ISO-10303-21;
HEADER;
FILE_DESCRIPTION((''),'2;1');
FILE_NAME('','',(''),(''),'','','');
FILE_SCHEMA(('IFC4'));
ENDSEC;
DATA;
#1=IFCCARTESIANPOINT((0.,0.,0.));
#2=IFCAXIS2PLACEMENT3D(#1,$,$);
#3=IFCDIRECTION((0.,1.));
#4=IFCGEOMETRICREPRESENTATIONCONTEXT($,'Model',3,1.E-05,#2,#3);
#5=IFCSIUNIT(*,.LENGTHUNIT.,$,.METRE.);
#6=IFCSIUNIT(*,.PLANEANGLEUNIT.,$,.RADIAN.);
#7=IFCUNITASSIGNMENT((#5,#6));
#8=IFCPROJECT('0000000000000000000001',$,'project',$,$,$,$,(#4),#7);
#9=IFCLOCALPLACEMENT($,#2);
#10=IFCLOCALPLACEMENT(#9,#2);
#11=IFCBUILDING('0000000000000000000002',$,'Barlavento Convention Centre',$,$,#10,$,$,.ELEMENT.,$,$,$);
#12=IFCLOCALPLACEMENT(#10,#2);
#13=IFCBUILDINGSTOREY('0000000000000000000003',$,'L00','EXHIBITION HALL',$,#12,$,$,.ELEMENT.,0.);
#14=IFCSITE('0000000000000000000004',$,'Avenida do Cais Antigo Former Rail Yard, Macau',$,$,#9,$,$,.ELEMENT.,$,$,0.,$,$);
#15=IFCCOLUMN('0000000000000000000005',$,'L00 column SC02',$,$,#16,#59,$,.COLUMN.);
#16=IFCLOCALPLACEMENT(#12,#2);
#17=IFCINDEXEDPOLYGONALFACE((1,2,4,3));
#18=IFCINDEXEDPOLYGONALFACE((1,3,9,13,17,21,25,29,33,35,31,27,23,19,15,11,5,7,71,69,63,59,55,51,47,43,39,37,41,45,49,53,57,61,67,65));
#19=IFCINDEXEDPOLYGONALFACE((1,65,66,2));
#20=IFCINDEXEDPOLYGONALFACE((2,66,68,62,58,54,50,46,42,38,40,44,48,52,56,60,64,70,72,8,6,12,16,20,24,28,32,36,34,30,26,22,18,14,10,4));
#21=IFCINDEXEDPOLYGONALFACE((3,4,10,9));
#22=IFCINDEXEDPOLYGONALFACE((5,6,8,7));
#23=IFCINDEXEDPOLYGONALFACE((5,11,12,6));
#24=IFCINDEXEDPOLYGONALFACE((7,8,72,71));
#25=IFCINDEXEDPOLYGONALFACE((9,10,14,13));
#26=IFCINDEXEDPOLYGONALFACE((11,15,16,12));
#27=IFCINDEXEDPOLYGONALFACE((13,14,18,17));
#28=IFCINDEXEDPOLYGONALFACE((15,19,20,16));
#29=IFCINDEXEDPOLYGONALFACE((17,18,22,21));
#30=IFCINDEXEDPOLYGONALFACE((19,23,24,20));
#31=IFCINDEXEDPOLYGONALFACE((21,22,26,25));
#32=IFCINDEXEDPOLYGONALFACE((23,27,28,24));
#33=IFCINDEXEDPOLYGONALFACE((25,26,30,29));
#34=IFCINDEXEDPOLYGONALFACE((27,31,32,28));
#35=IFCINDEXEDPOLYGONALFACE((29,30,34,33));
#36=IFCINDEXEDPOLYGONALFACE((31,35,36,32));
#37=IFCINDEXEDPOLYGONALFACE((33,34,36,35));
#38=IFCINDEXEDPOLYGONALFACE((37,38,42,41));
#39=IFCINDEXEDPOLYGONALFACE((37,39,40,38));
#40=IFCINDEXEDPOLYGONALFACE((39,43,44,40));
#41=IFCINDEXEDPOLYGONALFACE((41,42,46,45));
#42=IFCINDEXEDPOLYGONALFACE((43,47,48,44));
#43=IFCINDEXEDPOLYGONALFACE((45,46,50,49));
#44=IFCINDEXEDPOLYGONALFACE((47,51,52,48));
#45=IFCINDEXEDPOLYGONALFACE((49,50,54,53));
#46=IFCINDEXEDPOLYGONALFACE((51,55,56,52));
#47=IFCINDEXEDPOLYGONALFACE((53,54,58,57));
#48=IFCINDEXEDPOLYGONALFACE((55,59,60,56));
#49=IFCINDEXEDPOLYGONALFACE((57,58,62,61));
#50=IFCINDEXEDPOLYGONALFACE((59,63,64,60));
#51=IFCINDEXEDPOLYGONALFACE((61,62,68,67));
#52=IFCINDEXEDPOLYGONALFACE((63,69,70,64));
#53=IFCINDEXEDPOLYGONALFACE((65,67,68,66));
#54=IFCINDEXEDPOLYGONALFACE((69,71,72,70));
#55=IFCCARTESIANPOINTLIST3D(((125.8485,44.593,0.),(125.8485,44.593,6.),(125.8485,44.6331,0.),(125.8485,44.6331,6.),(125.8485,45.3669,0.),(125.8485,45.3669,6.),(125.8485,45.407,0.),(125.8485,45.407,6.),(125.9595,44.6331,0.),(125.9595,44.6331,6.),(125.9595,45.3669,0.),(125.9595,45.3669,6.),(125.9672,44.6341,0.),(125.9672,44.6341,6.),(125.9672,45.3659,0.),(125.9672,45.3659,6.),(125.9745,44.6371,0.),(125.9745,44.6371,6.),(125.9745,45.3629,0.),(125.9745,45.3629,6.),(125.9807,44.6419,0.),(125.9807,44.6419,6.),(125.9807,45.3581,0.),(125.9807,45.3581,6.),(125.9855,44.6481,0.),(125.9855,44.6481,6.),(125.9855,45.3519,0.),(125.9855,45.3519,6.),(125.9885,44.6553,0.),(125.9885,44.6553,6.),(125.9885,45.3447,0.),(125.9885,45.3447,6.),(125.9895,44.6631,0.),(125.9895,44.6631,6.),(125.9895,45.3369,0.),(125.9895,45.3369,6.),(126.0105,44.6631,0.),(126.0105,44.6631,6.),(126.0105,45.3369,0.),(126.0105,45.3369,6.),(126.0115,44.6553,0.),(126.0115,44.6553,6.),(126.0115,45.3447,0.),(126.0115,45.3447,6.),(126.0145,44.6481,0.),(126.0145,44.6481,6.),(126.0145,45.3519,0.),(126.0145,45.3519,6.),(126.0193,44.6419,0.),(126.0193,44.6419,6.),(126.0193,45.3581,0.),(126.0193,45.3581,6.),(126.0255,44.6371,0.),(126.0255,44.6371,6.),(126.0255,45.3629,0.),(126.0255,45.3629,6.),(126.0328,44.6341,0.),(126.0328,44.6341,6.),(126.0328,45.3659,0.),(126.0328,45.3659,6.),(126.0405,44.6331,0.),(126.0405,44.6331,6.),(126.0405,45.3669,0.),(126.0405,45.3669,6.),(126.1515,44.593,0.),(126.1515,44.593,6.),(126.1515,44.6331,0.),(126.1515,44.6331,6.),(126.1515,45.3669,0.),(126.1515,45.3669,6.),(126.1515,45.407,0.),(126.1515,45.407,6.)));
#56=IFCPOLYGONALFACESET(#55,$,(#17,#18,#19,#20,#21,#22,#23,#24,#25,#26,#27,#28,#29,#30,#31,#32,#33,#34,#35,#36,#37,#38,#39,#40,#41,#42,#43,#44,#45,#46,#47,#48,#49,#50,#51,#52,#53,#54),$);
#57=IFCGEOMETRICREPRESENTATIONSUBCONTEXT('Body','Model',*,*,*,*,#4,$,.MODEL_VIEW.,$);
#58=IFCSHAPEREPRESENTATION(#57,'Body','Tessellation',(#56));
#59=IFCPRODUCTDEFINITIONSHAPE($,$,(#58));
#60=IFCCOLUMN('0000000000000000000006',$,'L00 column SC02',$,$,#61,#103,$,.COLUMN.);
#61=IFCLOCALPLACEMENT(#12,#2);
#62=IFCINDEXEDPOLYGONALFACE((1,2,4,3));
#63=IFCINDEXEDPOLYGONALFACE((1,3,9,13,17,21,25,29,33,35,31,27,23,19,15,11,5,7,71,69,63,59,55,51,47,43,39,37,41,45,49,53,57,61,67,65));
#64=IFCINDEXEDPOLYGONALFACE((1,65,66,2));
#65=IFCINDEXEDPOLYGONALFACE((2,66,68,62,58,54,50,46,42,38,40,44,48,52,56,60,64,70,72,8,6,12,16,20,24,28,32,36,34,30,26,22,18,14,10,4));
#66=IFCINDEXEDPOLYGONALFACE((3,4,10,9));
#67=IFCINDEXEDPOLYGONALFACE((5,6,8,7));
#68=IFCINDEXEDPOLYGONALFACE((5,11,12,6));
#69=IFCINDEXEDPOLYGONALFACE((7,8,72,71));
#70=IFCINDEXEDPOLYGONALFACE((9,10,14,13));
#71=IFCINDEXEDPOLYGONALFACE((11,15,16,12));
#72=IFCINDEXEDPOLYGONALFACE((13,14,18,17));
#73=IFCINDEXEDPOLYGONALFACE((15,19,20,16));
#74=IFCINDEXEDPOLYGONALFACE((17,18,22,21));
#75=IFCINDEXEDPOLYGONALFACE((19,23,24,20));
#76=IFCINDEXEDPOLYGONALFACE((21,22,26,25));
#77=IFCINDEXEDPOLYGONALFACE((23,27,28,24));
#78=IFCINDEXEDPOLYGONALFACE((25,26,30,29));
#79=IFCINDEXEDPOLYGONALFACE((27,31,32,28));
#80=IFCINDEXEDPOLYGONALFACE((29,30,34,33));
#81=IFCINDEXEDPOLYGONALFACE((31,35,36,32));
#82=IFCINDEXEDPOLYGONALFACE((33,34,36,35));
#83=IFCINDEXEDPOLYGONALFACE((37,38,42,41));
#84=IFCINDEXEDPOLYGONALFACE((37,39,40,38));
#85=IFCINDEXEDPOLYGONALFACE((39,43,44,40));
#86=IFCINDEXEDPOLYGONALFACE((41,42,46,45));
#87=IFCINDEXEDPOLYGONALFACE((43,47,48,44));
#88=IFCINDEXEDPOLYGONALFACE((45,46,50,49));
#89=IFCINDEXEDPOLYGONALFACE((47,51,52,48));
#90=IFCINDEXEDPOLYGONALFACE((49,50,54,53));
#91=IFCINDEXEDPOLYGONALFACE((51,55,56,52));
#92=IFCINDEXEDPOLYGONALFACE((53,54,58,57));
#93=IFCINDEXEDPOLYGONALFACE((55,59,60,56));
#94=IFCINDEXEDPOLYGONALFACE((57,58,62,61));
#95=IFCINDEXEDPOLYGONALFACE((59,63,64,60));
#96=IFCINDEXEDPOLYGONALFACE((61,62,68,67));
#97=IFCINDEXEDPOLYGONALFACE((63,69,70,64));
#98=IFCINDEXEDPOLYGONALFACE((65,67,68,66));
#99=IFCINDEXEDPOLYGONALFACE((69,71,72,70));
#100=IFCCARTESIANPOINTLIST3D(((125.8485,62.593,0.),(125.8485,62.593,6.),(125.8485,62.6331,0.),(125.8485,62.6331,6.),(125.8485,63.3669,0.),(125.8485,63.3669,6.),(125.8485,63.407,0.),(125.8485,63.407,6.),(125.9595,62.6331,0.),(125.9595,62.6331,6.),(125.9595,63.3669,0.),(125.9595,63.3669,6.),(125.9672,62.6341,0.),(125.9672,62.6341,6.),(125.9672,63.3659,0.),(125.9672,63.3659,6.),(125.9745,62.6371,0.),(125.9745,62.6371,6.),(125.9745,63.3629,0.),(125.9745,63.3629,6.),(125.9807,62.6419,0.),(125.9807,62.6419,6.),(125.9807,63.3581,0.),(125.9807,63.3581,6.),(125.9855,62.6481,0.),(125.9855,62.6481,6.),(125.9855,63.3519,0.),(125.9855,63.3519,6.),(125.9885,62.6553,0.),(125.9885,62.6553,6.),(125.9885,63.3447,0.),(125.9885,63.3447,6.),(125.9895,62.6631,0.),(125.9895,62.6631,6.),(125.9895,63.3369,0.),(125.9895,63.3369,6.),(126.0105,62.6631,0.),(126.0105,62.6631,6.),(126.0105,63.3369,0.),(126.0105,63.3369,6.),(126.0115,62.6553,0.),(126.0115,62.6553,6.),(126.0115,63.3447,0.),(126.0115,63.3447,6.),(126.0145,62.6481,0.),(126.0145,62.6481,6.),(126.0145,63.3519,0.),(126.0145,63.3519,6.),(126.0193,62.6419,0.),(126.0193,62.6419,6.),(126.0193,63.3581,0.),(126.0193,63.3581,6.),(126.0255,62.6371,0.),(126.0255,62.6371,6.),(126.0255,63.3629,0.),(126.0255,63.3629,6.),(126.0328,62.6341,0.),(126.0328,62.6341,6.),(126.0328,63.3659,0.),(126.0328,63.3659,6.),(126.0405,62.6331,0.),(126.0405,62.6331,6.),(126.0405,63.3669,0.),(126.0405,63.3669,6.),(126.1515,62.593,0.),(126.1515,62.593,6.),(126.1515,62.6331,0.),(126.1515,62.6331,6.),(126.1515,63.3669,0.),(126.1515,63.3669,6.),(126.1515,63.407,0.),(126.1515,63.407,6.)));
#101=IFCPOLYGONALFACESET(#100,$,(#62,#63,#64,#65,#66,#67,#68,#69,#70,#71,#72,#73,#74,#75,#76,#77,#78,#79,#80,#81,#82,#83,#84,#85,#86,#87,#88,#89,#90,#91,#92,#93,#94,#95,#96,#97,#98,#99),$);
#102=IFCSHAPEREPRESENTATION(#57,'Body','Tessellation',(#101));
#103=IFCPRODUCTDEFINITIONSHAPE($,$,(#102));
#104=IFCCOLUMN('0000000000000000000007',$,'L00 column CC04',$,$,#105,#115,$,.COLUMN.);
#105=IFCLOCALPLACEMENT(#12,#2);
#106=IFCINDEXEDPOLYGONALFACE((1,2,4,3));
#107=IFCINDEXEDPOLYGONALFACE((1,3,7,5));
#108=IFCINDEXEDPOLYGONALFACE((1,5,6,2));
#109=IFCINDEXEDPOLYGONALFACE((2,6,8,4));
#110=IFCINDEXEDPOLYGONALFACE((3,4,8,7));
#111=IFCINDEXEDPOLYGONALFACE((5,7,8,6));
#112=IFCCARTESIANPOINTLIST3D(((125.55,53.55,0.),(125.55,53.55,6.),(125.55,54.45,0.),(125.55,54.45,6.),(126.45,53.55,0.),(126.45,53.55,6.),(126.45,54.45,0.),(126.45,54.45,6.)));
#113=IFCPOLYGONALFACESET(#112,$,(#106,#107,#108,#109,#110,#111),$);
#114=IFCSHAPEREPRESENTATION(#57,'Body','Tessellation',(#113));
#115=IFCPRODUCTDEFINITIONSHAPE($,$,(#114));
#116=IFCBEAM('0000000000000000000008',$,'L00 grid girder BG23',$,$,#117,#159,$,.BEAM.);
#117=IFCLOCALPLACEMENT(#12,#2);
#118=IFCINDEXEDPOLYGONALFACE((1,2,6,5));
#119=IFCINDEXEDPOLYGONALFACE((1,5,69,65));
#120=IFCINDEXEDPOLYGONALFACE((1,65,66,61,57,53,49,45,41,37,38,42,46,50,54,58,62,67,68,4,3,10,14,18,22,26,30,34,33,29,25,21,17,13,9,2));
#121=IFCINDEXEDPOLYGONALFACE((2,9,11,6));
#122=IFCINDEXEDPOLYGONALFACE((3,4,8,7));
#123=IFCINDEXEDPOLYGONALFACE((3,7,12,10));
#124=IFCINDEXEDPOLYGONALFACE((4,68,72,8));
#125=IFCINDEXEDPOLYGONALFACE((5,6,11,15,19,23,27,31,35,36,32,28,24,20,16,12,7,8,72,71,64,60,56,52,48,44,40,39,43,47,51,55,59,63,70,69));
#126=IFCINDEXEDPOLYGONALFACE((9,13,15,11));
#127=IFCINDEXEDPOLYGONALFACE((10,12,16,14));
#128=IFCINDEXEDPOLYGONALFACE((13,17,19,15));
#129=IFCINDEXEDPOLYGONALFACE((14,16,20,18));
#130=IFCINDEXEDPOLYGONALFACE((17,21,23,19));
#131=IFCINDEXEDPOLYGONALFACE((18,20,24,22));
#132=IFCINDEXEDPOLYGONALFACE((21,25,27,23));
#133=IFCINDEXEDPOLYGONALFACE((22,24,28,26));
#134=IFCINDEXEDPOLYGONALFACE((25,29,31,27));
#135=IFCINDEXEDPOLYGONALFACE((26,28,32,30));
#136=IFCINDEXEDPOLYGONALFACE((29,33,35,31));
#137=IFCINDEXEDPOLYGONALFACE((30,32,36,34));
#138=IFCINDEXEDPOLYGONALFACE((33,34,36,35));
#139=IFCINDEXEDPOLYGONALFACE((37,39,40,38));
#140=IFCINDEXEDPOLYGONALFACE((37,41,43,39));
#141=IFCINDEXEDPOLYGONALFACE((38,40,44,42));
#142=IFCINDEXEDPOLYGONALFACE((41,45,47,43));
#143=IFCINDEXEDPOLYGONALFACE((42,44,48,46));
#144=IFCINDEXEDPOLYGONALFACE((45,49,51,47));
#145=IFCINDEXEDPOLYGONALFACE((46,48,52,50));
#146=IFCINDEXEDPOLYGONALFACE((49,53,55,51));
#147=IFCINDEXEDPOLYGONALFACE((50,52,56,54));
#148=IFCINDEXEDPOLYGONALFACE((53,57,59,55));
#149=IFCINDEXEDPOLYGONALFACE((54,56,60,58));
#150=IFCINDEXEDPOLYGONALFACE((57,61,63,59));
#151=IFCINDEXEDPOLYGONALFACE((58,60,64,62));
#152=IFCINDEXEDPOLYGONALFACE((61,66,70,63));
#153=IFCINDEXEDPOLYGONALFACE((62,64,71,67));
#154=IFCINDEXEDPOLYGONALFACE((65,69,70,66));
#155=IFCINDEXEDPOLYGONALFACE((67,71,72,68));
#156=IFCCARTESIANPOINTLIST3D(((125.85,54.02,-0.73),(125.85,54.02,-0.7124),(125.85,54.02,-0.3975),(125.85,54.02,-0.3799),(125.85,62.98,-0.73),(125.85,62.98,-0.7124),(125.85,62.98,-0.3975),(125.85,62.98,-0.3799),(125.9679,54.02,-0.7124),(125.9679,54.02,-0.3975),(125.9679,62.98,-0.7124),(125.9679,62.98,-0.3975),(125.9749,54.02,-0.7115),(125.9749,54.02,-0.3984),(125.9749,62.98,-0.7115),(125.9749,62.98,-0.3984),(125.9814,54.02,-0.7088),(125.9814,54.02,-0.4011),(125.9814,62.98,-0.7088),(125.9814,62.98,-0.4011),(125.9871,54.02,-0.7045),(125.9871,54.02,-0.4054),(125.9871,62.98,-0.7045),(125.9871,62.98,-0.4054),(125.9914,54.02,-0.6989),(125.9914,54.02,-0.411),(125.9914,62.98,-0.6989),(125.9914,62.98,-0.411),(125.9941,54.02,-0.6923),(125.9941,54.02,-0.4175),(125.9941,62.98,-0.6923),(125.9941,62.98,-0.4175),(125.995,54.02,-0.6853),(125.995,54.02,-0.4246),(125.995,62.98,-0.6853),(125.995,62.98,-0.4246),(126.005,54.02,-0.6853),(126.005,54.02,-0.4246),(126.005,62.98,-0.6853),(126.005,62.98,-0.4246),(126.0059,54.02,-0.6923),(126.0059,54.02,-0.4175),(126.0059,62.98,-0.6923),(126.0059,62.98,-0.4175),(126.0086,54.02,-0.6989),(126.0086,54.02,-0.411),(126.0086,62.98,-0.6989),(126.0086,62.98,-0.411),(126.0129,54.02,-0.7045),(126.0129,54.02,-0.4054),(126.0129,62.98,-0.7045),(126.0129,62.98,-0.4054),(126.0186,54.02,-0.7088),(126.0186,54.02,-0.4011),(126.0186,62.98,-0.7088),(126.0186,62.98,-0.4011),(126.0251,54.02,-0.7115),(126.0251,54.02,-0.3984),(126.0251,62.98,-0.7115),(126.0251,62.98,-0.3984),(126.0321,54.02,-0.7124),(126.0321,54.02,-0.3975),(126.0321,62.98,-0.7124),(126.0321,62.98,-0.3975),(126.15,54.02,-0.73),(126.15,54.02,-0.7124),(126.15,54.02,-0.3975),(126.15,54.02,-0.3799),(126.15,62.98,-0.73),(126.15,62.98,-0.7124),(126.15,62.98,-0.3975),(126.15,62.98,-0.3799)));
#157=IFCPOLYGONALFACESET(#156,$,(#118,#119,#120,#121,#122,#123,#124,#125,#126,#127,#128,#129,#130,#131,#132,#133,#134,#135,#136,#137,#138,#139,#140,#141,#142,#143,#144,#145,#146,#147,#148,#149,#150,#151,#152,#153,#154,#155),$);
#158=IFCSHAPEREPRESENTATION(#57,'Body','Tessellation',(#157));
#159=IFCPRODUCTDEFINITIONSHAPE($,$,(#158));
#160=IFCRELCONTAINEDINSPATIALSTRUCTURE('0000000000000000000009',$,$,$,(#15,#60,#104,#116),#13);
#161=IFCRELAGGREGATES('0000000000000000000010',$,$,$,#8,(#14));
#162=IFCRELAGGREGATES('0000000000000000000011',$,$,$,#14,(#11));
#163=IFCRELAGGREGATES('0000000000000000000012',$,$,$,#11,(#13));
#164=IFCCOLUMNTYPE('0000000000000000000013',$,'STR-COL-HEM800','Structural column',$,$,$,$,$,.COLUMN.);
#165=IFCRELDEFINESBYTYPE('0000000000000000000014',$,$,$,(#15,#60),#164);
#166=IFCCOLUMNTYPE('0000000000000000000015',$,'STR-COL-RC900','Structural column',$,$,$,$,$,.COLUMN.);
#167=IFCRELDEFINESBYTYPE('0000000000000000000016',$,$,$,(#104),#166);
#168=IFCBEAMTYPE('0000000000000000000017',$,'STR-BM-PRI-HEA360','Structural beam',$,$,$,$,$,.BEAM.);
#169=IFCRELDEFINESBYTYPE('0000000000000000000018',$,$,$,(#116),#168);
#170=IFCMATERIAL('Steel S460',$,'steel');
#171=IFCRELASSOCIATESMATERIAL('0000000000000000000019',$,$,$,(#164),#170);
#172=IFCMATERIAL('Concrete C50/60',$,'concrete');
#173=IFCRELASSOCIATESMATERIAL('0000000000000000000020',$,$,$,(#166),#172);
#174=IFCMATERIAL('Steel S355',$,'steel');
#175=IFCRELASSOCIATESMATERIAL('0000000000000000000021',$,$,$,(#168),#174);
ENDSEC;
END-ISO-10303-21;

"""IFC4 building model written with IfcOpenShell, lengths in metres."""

from ifc_helpers import new_model, si_unit, direction, frame, origin, origin_2d, place, context, subcontext, project, spatial, rectangle, i_section, extrude, material, material_profile, profile_set, type_object, element, save


model = new_model("IFC4")

# Units and contexts
model_context = context("Model", 3, precision=1e-05, world=origin(), true_north=direction((0.0, 1.0)))
body_context = subcontext(model_context, "Body", "Model", "MODEL_VIEW")
ifc_project = project(units=[si_unit("LENGTHUNIT", "METRE"), si_unit("PLANEANGLEUNIT", "RADIAN")], contexts=[model_context])

# Site, building, storey
site_placement = place(None, origin())
site = spatial("IfcSite", under=ifc_project, at=site_placement, Name="Avenida do Cais Antigo Former Rail Yard, Macau", CompositionType="ELEMENT", RefElevation=0.0)
building_placement = place(site_placement, origin())
building = spatial("IfcBuilding", under=site, at=building_placement, Name="Barlavento Convention Centre", CompositionType="ELEMENT")
storey_placement = place(building_placement, origin())
storey = spatial("IfcBuildingStorey", under=building, at=storey_placement, Name="L00", Description="EXHIBITION HALL", CompositionType="ELEMENT", Elevation=0.0)

# Columns
ifc_material_1 = material(Name="Steel S460", Category="steel")
ifc_material_profile_1 = material_profile(ifc_material_1, i_section(OverallWidth=0.303, OverallDepth=0.814, WebThickness=0.021, FlangeThickness=0.04, FilletRadius=0.03, at=origin_2d()), Name="HEM 800")
ifc_profile_set_1 = profile_set([ifc_material_profile_1], Name="Steel S460")
column_type_1 = type_object("IfcColumnType", Name="STR-COL-HEM800", Description="Structural column", PredefinedType="COLUMN", material=ifc_profile_set_1)
for number, where, z_axis, x_axis, name in (
    (1, (126.0, 45.0, 0.0), (0.0, 0.0, 1.0), (1.0, 0.0, 0.0), "L00 column SC02"),
    (2, (126.0, 63.0, 0.0), (0.0, 0.0, 1.0), (1.0, 0.0, 0.0), "L00 column SC02"),
):
    element("IfcColumn", number, at=place(storey_placement, frame(where, z_axis=z_axis, x_axis=x_axis)), inside=storey, type_object=column_type_1, Name=name, PredefinedType="COLUMN", context=body_context, shape_type="SweptSolid", body=[
        extrude(i_section(OverallWidth=0.303, OverallDepth=0.814, WebThickness=0.021, FlangeThickness=0.04, FilletRadius=0.03, at=origin_2d()), origin(), (0.0, 0.0, 1.0), 6.0),
    ])
ifc_material_2 = material(Name="Concrete C50/60", Category="concrete")
ifc_material_profile_2 = material_profile(ifc_material_2, rectangle(XDim=0.8999, YDim=0.8999, at=origin_2d()), Name="RC 900x900")
ifc_profile_set_2 = profile_set([ifc_material_profile_2], Name="Concrete C50/60")
column_type_2 = type_object("IfcColumnType", Name="STR-COL-RC900", Description="Structural column", PredefinedType="COLUMN", material=ifc_profile_set_2)
column_placement = place(storey_placement, frame((126.0, 54.0, 0.0), z_axis=(0.0, 0.0, 1.0), x_axis=(1.0, 0.0, 0.0)))
element("IfcColumn", 3, at=column_placement, inside=storey, type_object=column_type_2, Name="L00 column CC04", PredefinedType="COLUMN", context=body_context, shape_type="SweptSolid", body=[
    extrude(rectangle(XDim=0.8999, YDim=0.8999, at=origin_2d()), origin(), (0.0, 0.0, 1.0), 6.0),
])

# Beam
ifc_material_3 = material(Name="Steel S355", Category="steel")
ifc_material_profile_3 = material_profile(ifc_material_3, i_section(OverallWidth=0.3, OverallDepth=0.3501, WebThickness=0.01, FlangeThickness=0.0176, FilletRadius=0.0271, at=origin_2d()), Name="HEA 360")
ifc_profile_set_3 = profile_set([ifc_material_profile_3], Name="Steel S355")
beam_type_1 = type_object("IfcBeamType", Name="STR-BM-PRI-HEA360", Description="Structural beam", PredefinedType="BEAM", material=ifc_profile_set_3)
beam_1_placement = place(storey_placement, frame((126.0, 54.02, -0.5549), z_axis=(0.0, 1.0, 0.0), x_axis=(-1.0, 0.0, 0.0)))
element("IfcBeam", 4, at=beam_1_placement, inside=storey, type_object=beam_type_1, Name="L00 grid girder BG23", PredefinedType="BEAM", context=body_context, shape_type="SweptSolid", body=[
    extrude(i_section(OverallWidth=0.3, OverallDepth=0.3501, WebThickness=0.01, FlangeThickness=0.0176, FilletRadius=0.0271, at=origin_2d()), origin(), (0.0, 0.0, 1.0), 8.96),
])

save(model, "model.ifc")
